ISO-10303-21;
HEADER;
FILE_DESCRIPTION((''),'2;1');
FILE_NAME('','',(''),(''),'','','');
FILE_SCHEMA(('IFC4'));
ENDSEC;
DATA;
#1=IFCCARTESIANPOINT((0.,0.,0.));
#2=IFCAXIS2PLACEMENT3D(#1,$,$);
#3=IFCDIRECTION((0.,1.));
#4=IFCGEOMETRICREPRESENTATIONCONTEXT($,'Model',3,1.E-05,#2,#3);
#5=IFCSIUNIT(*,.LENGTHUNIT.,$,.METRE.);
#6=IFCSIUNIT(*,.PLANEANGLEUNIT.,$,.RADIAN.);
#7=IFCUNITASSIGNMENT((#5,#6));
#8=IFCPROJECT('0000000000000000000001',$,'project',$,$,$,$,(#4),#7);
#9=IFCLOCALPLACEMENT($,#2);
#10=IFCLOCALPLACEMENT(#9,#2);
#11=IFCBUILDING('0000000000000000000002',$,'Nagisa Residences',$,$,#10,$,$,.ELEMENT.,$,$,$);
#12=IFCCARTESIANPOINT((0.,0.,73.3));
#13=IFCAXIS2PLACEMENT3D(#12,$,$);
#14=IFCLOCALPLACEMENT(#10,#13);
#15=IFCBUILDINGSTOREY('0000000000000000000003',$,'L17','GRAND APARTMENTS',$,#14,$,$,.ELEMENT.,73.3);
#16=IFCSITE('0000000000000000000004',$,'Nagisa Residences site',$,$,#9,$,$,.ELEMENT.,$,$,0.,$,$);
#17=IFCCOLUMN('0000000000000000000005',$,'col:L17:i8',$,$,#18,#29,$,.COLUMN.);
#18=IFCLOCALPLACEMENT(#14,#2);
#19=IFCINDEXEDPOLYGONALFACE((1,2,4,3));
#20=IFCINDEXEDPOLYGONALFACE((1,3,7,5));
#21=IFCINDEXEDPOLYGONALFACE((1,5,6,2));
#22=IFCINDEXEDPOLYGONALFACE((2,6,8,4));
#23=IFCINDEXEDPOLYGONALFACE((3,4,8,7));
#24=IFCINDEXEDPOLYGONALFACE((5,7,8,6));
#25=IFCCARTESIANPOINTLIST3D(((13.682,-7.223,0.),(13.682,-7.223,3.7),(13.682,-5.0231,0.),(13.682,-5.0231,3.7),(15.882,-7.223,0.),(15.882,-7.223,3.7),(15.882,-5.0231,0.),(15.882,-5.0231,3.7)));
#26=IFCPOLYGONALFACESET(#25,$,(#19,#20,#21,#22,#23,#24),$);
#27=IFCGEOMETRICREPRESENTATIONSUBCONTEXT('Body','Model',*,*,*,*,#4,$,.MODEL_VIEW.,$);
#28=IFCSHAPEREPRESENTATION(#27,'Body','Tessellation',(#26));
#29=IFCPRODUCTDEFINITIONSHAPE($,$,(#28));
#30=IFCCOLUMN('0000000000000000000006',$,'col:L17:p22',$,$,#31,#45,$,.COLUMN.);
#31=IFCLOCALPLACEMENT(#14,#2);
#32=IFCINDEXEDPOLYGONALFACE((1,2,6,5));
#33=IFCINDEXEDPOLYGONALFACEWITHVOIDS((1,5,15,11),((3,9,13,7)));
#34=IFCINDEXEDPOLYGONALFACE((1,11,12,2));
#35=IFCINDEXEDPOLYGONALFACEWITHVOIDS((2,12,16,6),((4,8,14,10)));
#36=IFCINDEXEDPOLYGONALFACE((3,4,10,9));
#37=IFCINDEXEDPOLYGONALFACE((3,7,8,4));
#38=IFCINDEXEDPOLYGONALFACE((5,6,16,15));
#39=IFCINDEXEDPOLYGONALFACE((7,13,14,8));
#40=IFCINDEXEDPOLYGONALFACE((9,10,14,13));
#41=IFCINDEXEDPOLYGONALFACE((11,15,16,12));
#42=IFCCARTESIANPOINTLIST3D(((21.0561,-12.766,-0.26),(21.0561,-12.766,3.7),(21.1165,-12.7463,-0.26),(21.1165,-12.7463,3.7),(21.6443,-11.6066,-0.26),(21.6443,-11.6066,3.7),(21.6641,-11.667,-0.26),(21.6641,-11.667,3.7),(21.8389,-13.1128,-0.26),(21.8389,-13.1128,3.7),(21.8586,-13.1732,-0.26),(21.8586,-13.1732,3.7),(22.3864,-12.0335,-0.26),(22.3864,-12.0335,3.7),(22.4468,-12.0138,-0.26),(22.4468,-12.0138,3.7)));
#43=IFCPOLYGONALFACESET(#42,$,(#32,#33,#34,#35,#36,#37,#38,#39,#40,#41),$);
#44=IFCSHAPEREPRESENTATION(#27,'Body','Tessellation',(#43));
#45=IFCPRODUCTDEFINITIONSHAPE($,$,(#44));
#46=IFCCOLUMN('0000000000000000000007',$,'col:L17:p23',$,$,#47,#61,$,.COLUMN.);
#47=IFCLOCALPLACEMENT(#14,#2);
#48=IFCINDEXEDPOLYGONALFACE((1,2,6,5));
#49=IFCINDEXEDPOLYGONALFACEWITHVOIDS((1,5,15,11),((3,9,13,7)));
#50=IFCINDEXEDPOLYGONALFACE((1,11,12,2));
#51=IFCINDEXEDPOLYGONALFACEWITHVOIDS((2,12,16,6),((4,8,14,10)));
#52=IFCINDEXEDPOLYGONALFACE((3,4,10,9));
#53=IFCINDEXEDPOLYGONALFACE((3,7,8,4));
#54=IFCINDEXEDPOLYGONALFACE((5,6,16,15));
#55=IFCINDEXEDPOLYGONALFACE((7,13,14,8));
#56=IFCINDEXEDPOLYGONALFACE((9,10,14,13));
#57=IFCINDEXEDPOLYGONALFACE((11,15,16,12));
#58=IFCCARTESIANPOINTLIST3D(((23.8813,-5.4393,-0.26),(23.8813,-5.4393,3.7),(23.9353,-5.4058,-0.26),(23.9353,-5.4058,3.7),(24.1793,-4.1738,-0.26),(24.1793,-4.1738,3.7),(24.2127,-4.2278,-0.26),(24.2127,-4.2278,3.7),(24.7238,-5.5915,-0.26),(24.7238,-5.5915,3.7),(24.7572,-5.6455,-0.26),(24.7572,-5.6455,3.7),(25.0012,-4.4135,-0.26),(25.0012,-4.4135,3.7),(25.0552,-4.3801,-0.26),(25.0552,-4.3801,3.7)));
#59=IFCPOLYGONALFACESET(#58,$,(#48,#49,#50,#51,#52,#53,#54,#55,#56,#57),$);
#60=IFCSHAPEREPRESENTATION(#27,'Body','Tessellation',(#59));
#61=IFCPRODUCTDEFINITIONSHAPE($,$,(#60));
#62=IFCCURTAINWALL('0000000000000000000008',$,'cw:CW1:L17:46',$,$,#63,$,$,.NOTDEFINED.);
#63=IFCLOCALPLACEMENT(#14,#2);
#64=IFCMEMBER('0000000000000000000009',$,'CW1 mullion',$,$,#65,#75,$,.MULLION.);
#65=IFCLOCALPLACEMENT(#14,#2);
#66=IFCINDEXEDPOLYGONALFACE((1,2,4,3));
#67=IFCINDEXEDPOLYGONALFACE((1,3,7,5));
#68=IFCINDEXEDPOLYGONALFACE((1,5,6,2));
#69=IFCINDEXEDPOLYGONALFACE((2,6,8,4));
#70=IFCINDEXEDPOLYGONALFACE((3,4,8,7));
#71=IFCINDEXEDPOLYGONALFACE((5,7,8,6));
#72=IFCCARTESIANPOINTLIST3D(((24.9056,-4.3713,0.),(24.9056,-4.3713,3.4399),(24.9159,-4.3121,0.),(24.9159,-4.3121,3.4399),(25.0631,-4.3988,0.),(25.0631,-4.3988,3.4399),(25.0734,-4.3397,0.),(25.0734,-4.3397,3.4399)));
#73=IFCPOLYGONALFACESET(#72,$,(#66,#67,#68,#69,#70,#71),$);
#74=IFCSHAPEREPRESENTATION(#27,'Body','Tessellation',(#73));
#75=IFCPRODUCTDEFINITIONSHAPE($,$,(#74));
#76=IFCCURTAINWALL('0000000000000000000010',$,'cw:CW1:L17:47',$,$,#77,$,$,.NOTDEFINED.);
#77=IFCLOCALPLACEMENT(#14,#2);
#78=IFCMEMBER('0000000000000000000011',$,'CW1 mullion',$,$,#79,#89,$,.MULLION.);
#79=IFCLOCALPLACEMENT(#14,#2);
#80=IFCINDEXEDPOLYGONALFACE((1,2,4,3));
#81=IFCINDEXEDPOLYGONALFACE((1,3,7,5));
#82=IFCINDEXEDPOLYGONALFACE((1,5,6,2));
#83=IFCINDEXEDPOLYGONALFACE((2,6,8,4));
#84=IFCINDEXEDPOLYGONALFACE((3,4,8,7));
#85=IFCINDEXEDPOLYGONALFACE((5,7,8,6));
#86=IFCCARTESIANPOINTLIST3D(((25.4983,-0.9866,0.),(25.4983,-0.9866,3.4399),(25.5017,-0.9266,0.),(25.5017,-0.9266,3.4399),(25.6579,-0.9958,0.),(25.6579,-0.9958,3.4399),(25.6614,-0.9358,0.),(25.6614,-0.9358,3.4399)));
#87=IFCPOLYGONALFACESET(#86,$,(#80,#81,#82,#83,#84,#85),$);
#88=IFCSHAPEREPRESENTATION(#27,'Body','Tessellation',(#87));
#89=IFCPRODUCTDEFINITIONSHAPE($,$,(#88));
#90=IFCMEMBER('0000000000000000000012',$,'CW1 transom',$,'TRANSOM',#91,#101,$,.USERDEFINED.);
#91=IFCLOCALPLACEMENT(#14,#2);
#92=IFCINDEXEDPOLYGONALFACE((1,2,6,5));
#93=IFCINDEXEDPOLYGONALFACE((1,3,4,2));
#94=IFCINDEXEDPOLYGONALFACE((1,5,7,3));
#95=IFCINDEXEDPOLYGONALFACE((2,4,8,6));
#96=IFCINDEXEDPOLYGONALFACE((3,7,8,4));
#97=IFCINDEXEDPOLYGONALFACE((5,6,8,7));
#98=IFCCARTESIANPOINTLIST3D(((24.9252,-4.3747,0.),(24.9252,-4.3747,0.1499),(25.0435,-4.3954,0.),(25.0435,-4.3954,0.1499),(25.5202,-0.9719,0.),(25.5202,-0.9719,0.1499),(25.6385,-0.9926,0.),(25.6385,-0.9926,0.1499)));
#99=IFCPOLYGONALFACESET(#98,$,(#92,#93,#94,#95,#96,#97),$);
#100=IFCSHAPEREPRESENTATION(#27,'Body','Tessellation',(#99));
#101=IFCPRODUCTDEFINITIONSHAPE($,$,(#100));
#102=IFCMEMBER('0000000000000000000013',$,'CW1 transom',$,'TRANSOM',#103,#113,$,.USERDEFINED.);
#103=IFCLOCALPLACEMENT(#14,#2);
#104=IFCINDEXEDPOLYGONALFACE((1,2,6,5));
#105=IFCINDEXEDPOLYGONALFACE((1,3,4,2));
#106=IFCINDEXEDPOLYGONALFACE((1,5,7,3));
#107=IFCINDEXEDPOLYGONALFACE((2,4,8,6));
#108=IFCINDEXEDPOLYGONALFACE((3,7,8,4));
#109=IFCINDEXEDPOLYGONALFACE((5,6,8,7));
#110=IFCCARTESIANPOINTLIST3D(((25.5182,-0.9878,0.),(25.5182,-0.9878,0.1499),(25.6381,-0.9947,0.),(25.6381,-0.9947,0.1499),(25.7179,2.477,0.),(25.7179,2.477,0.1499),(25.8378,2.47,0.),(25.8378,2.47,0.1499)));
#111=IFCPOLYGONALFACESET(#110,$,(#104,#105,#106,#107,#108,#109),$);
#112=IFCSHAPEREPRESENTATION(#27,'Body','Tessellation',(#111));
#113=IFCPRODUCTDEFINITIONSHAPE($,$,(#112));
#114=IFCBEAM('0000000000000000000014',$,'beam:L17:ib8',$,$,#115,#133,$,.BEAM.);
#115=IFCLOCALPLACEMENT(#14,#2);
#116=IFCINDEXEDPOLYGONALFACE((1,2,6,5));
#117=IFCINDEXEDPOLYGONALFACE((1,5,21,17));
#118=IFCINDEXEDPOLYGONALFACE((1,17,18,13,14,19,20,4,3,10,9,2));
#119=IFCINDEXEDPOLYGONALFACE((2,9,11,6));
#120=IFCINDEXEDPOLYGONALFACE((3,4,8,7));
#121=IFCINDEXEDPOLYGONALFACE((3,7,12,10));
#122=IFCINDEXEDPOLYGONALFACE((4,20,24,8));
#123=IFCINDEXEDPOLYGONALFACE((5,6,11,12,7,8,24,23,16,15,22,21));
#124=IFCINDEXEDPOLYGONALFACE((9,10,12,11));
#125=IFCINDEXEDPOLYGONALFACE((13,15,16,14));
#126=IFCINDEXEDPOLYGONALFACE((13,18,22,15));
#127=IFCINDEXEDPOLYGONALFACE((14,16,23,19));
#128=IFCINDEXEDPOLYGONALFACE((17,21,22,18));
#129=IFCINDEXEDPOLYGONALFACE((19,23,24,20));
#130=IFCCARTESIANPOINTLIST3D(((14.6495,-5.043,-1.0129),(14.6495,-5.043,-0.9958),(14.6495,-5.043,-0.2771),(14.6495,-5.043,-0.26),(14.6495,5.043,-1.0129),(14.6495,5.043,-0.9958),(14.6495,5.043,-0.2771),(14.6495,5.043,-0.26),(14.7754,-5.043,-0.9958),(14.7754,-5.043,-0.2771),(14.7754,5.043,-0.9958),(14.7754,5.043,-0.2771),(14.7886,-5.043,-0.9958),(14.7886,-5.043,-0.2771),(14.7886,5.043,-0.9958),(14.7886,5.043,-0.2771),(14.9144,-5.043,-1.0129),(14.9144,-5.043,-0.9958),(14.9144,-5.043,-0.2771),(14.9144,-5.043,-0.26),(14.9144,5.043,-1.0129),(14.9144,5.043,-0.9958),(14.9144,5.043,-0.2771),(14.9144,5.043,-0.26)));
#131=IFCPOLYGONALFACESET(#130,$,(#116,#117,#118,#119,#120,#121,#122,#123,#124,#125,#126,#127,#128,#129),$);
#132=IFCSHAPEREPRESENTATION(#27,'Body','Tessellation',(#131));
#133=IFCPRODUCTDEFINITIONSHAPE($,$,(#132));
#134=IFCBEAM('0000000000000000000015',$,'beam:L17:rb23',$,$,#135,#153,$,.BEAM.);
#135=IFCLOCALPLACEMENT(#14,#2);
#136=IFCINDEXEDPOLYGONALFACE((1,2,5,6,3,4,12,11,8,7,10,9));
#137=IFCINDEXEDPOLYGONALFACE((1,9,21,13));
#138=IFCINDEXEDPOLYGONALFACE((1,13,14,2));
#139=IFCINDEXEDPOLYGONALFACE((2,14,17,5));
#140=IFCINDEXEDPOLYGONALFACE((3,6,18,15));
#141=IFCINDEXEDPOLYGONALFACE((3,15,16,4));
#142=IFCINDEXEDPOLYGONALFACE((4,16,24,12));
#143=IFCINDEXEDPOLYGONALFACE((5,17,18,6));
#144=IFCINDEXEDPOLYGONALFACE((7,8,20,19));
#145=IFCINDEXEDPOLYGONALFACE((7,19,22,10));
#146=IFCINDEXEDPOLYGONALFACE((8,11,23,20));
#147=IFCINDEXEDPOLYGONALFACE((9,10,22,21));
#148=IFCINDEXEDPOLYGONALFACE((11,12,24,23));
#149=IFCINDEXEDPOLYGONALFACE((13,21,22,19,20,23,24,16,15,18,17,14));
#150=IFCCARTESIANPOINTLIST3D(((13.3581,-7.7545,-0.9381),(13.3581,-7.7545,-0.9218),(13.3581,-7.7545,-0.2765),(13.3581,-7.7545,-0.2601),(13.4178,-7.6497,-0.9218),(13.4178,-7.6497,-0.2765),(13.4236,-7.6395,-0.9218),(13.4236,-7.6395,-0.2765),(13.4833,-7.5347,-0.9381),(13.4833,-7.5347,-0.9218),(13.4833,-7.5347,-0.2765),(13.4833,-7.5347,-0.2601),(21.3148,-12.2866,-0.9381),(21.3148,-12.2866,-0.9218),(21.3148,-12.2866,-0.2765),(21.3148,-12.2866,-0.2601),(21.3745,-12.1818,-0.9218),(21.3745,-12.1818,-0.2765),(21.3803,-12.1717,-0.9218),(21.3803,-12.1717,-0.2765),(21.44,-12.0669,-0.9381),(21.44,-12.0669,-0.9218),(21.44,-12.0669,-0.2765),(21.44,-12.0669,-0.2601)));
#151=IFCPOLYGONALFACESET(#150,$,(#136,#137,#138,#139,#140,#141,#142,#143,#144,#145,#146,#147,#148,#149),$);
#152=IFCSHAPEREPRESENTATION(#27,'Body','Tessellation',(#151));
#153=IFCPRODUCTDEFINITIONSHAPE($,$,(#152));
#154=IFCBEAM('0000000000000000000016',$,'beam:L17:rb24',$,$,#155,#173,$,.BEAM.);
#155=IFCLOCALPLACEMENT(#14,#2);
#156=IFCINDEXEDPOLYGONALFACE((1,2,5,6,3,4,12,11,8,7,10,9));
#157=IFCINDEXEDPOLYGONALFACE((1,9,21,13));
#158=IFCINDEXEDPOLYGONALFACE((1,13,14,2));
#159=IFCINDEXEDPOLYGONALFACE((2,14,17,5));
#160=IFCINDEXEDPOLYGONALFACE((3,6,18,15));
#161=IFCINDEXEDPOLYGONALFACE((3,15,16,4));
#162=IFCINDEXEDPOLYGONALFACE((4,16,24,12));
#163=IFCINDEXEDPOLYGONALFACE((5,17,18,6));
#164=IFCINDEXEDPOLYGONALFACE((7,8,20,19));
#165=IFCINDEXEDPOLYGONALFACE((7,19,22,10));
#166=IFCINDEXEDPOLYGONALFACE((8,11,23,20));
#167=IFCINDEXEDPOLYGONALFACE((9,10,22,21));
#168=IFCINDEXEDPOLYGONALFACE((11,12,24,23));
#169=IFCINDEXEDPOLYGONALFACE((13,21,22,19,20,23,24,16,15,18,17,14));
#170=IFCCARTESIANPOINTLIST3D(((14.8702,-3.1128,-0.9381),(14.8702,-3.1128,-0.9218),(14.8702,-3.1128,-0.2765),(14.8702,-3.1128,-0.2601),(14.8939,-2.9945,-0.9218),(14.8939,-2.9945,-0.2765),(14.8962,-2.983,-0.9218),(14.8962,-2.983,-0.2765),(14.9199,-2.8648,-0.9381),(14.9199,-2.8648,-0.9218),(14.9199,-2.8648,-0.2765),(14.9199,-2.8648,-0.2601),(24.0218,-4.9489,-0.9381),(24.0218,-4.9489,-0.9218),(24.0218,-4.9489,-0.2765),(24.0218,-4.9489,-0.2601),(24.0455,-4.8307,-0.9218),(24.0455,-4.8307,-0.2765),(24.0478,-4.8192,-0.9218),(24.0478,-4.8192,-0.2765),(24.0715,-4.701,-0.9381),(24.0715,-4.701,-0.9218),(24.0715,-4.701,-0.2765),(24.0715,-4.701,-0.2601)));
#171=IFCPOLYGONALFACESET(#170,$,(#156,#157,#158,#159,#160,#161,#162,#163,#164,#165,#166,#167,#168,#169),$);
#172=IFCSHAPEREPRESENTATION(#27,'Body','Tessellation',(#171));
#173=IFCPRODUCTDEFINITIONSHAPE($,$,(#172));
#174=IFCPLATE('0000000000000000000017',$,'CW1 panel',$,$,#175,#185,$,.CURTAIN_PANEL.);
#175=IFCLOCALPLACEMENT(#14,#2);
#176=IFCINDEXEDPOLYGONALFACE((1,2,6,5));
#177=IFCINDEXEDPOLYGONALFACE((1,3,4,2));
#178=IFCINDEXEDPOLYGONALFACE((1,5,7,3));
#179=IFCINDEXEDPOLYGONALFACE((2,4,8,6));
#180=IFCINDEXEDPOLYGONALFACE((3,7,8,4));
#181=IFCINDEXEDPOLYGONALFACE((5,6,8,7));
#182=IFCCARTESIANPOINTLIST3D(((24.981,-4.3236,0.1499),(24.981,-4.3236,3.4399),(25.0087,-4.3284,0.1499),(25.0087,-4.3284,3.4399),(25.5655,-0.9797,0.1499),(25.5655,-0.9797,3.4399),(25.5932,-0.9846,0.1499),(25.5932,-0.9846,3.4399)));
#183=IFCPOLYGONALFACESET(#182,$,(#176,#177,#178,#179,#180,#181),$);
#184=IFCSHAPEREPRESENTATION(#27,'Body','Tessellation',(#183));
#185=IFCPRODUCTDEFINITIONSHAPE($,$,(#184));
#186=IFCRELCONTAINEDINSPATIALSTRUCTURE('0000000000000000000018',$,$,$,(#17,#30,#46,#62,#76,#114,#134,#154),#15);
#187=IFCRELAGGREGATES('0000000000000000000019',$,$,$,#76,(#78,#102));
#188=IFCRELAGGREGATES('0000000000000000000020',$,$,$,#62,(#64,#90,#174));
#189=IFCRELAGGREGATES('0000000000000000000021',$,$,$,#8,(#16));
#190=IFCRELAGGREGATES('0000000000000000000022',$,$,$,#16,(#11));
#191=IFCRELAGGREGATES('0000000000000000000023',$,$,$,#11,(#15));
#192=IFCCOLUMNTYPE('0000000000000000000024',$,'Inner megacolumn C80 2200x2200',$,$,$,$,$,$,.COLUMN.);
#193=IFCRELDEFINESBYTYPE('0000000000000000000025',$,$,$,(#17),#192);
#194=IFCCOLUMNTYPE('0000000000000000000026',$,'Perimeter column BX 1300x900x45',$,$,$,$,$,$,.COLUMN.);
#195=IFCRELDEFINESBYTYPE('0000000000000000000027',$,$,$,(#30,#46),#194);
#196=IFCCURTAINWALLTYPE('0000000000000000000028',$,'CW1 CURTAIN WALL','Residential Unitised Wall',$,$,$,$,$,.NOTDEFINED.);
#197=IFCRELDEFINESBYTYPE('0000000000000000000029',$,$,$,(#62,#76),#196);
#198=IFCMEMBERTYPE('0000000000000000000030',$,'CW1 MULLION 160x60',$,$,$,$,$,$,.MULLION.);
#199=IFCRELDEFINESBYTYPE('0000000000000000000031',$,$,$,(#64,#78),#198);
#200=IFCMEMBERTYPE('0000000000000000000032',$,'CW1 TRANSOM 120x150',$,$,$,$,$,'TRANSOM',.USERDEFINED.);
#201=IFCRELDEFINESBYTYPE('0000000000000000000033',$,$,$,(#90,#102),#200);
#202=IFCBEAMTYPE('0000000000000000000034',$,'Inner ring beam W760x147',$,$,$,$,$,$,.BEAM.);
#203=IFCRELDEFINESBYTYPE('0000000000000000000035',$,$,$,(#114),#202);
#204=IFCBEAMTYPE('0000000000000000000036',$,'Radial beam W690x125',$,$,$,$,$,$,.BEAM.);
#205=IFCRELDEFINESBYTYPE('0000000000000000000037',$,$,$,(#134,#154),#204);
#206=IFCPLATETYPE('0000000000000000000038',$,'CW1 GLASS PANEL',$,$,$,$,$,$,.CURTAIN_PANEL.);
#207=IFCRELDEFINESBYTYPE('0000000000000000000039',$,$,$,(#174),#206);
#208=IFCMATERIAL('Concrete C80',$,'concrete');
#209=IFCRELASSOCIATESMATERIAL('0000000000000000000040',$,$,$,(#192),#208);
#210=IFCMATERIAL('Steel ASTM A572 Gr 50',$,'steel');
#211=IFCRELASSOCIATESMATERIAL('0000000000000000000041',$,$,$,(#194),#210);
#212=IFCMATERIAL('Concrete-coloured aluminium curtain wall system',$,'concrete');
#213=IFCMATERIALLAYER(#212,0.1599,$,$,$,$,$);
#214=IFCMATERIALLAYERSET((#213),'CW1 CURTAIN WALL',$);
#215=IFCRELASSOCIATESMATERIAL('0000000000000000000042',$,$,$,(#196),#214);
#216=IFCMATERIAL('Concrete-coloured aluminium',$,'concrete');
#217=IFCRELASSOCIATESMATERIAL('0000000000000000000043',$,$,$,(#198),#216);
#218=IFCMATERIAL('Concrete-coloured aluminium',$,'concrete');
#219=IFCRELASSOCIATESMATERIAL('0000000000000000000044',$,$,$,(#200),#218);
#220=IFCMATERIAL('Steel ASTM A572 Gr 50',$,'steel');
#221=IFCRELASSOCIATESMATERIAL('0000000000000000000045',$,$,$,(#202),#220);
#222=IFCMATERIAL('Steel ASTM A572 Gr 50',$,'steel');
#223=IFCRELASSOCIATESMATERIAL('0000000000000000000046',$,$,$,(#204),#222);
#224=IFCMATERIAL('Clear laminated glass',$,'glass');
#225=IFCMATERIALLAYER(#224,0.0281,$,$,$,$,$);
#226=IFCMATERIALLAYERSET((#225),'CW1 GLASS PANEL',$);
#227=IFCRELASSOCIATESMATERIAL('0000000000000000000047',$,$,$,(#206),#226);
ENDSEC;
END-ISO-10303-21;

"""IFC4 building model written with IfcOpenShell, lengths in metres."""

from ifc_helpers import new_model, si_unit, direction, frame, origin, origin_2d, place, context, subcontext, project, spatial, rectangle, hollow_rectangle, i_section, extrude, material, layer, layer_set, material_profile, profile_set, type_object, element, aggregate, save


model = new_model("IFC4")

# Units and contexts
model_context = context("Model", 3, precision=1e-05, world=origin(), true_north=direction((0.0, 1.0)))
body_context = subcontext(model_context, "Body", "Model", "MODEL_VIEW")
ifc_project = project(units=[si_unit("LENGTHUNIT", "METRE"), si_unit("PLANEANGLEUNIT", "RADIAN")], contexts=[model_context])

# Site, building, storey
site_placement = place(None, origin())
site = spatial("IfcSite", under=ifc_project, at=site_placement, Name="Nagisa Residences site", CompositionType="ELEMENT", RefElevation=0.0)
building_placement = place(site_placement, origin())
building = spatial("IfcBuilding", under=site, at=building_placement, Name="Nagisa Residences", CompositionType="ELEMENT")
storey_placement = place(building_placement, frame((0.0, 0.0, 73.3)))
storey = spatial("IfcBuildingStorey", under=building, at=storey_placement, Name="L17", Description="GRAND APARTMENTS", CompositionType="ELEMENT", Elevation=73.3)

# Columns
ifc_material_1 = material(Name="Concrete C80", Category="concrete")
ifc_material_profile_1 = material_profile(ifc_material_1, rectangle(XDim=2.2, YDim=2.2, at=origin_2d()), Name="C80 2200x2200")
ifc_profile_set_1 = profile_set([ifc_material_profile_1], Name="Concrete C80")
column_type_1 = type_object("IfcColumnType", Name="Inner megacolumn C80 2200x2200", PredefinedType="COLUMN", material=ifc_profile_set_1)
column_placement = place(storey_placement, frame((14.782, -6.123, 0.0), z_axis=(0.0, 0.0, 1.0), x_axis=(1.0, 0.0, 0.0)))
element("IfcColumn", 1, at=column_placement, inside=storey, type_object=column_type_1, Name="col:L17:i8", PredefinedType="COLUMN", context=body_context, shape_type="SweptSolid", body=[
    extrude(rectangle(XDim=2.2, YDim=2.2, at=origin_2d()), origin(), (0.0, 0.0, 1.0), 3.7),
])
ifc_material_2 = material(Name="Steel ASTM A572 Gr 50", Category="steel")
ifc_material_profile_2 = material_profile(ifc_material_2, hollow_rectangle(XDim=1.3, YDim=0.8999, WallThickness=0.0449, at=origin_2d()), Name="BX 1300x900x45")
ifc_profile_set_2 = profile_set([ifc_material_profile_2], Name="Steel ASTM A572 Gr 50")
column_type_2 = type_object("IfcColumnType", Name="Perimeter column BX 1300x900x45", PredefinedType="COLUMN", material=ifc_profile_set_2)
for number, where, z_axis, x_axis, name in (
    (2, (21.7515, -12.3899, -0.26), (0.0, 0.0, 1.0), (0.452463, 0.891783, 0.0), "col:L17:p22"),
    (3, (24.4683, -4.9097, -0.26), (0.0, 0.0, 1.0), (0.229202, 0.973379, 0.0), "col:L17:p23"),
):
    element("IfcColumn", number, at=place(storey_placement, frame(where, z_axis=z_axis, x_axis=x_axis)), inside=storey, type_object=column_type_2, Name=name, PredefinedType="COLUMN", context=body_context, shape_type="SweptSolid", body=[
        extrude(hollow_rectangle(XDim=1.3, YDim=0.8999, WallThickness=0.0449, at=origin_2d()), origin(), (0.0, 0.0, 1.0), 3.96),
    ])

# Curtain walls, members
ifc_material_3 = material(Name="Concrete-coloured aluminium curtain wall system", Category="concrete")
ifc_layer_1 = layer(ifc_material_3, 0.1599)
ifc_layer_set_1 = layer_set([ifc_layer_1], Name="CW1 CURTAIN WALL")
curtain_wall_type = type_object("IfcCurtainWallType", Name="CW1 CURTAIN WALL", Description="Residential Unitised Wall", PredefinedType="NOTDEFINED", material=ifc_layer_set_1)
curtain_wall_1_placement = place(storey_placement, origin())
curtain_wall_1 = element("IfcCurtainWall", 4, at=curtain_wall_1_placement, inside=storey, type_object=curtain_wall_type, Name="cw:CW1:L17:46", PredefinedType="NOTDEFINED")
ifc_material_4 = material(Name="Concrete-coloured aluminium", Category="concrete")
ifc_material_profile_3 = material_profile(ifc_material_4, rectangle(XDim=0.1599, YDim=0.0601, at=origin_2d()), Name="CW1 MULLION 160x60")
ifc_profile_set_3 = profile_set([ifc_material_profile_3], Name="Concrete-coloured aluminium")
member_type_1 = type_object("IfcMemberType", Name="CW1 MULLION 160x60", PredefinedType="MULLION", material=ifc_profile_set_3)
member_1_placement = place(storey_placement, frame((24.9895, -4.3555, 0.0), z_axis=(0.0, 0.0, 1.0), x_axis=(-0.985064, 0.172191, 0.0)))
member_1 = element("IfcMember", 5, at=member_1_placement, type_object=member_type_1, Name="CW1 mullion", PredefinedType="MULLION", context=body_context, shape_type="SweptSolid", body=[
    extrude(rectangle(XDim=0.1599, YDim=0.0601, at=origin_2d()), origin(), (0.0, 0.0, 1.0), 3.4399),
])
curtain_wall_2_placement = place(storey_placement, origin())
curtain_wall_2 = element("IfcCurtainWall", 6, at=curtain_wall_2_placement, inside=storey, type_object=curtain_wall_type, Name="cw:CW1:L17:47", PredefinedType="NOTDEFINED")
member_2_placement = place(storey_placement, frame((25.5798, -0.9612, 0.0), z_axis=(0.0, 0.0, 1.0), x_axis=(-0.998345, 0.057503, 0.0)))
member_2 = element("IfcMember", 7, at=member_2_placement, type_object=member_type_1, Name="CW1 mullion", PredefinedType="MULLION", context=body_context, shape_type="SweptSolid", body=[
    extrude(rectangle(XDim=0.1599, YDim=0.0601, at=origin_2d()), origin(), (0.0, 0.0, 1.0), 3.4399),
])

# Members
ifc_material_5 = material(Name="Concrete-coloured aluminium", Category="concrete")
ifc_material_profile_4 = material_profile(ifc_material_5, rectangle(XDim=0.1201, YDim=0.1499, at=origin_2d()), Name="CW1 TRANSOM 120x150")
ifc_profile_set_4 = profile_set([ifc_material_profile_4], Name="Concrete-coloured aluminium")
member_type_2 = type_object("IfcMemberType", Name="CW1 TRANSOM 120x150", ElementType="TRANSOM", PredefinedType="USERDEFINED", material=ifc_profile_set_4)
member_3_placement = place(storey_placement, frame((24.9844, -4.385, 0.075), z_axis=(0.172233, 0.985056, 0.0), x_axis=(-0.985056, 0.172233, 0.0)))
member_3 = element("IfcMember", 8, at=member_3_placement, type_object=member_type_2, Name="CW1 transom", ObjectType="TRANSOM", PredefinedType="USERDEFINED", context=body_context, shape_type="SweptSolid", body=[
    extrude(rectangle(XDim=0.1201, YDim=0.1499, at=origin_2d()), origin(), (0.0, 0.0, 1.0), 3.4543),
])
member_4_placement = place(storey_placement, frame((25.5781, -0.9912, 0.075), z_axis=(0.057547, 0.998343, 0.0), x_axis=(-0.998343, 0.057547, 0.0)))
member_4 = element("IfcMember", 9, at=member_4_placement, type_object=member_type_2, Name="CW1 transom", ObjectType="TRANSOM", PredefinedType="USERDEFINED", context=body_context, shape_type="SweptSolid", body=[
    extrude(rectangle(XDim=0.1201, YDim=0.1499, at=origin_2d()), origin(), (0.0, 0.0, 1.0), 3.4705),
])
aggregate(curtain_wall_2, [member_2, member_4])

# Beams
ifc_material_6 = material(Name="Steel ASTM A572 Gr 50", Category="steel")
ifc_material_profile_5 = material_profile(ifc_material_6, i_section(OverallWidth=0.2649, OverallDepth=0.7529, WebThickness=0.0132, FlangeThickness=0.0171, at=origin_2d()), Name="W760x147")
ifc_profile_set_5 = profile_set([ifc_material_profile_5], Name="Steel ASTM A572 Gr 50")
beam_type_1 = type_object("IfcBeamType", Name="Inner ring beam W760x147", PredefinedType="BEAM", material=ifc_profile_set_5)
beam_1_placement = place(storey_placement, frame((14.782, -5.043, -0.6365), z_axis=(0.0, 1.0, 0.0), x_axis=(-1.0, 0.0, 0.0)))
element("IfcBeam", 10, at=beam_1_placement, inside=storey, type_object=beam_type_1, Name="beam:L17:ib8", PredefinedType="BEAM", context=body_context, shape_type="SweptSolid", body=[
    extrude(i_section(OverallWidth=0.2649, OverallDepth=0.7529, WebThickness=0.0132, FlangeThickness=0.0171, at=origin_2d()), origin(), (0.0, 0.0, 1.0), 10.0859),
])
ifc_material_7 = material(Name="Steel ASTM A572 Gr 50", Category="steel")
ifc_material_profile_6 = material_profile(ifc_material_7, i_section(OverallWidth=0.2529, OverallDepth=0.678, WebThickness=0.0117, FlangeThickness=0.0164, at=origin_2d()), Name="W690x125")
ifc_profile_set_6 = profile_set([ifc_material_profile_6], Name="Steel ASTM A572 Gr 50")
beam_type_2 = type_object("IfcBeamType", Name="Radial beam W690x125", PredefinedType="BEAM", material=ifc_profile_set_6)
beam_2_placement = place(storey_placement, frame((21.3774, -12.1768, -0.5991), z_axis=(-0.868925, 0.494944, 0.0), x_axis=(-0.494944, -0.868925, 0.0)))
element("IfcBeam", 11, at=beam_2_placement, inside=storey, type_object=beam_type_2, Name="beam:L17:rb23", PredefinedType="BEAM", context=body_context, shape_type="SweptSolid", body=[
    extrude(i_section(OverallWidth=0.2529, OverallDepth=0.678, WebThickness=0.0117, FlangeThickness=0.0164, at=origin_2d()), origin(), (0.0, 0.0, 1.0), 9.157),
])
beam_3_placement = place(storey_placement, frame((24.0466, -4.825, -0.5991), z_axis=(-0.98046, 0.19672, 0.0), x_axis=(-0.19672, -0.98046, 0.0)))
element("IfcBeam", 12, at=beam_3_placement, inside=storey, type_object=beam_type_2, Name="beam:L17:rb24", PredefinedType="BEAM", context=body_context, shape_type="SweptSolid", body=[
    extrude(i_section(OverallWidth=0.2529, OverallDepth=0.678, WebThickness=0.0117, FlangeThickness=0.0164, at=origin_2d()), origin(), (0.0, 0.0, 1.0), 9.334),
])

# Plate
ifc_material_8 = material(Name="Clear laminated glass", Category="glass")
ifc_layer_2 = layer(ifc_material_8, 0.0281)
ifc_layer_set_2 = layer_set([ifc_layer_2], Name="CW1 GLASS PANEL")
plate_type = type_object("IfcPlateType", Name="CW1 GLASS PANEL", PredefinedType="CURTAIN_PANEL", material=ifc_layer_set_2)
plate_placement = place(storey_placement, frame((25.2871, -2.6541, 0.1499), z_axis=(0.0, 0.0, 1.0), x_axis=(0.172191, 0.985064, 0.0)))
plate = element("IfcPlate", 13, at=plate_placement, type_object=plate_type, Name="CW1 panel", PredefinedType="CURTAIN_PANEL", context=body_context, shape_type="SweptSolid", body=[
    extrude(rectangle(XDim=3.3945, YDim=0.0281, at=origin_2d()), origin(), (0.0, 0.0, 1.0), 3.29),
])
aggregate(curtain_wall_1, [member_1, member_3, plate])

save(model, "model.ifc")
